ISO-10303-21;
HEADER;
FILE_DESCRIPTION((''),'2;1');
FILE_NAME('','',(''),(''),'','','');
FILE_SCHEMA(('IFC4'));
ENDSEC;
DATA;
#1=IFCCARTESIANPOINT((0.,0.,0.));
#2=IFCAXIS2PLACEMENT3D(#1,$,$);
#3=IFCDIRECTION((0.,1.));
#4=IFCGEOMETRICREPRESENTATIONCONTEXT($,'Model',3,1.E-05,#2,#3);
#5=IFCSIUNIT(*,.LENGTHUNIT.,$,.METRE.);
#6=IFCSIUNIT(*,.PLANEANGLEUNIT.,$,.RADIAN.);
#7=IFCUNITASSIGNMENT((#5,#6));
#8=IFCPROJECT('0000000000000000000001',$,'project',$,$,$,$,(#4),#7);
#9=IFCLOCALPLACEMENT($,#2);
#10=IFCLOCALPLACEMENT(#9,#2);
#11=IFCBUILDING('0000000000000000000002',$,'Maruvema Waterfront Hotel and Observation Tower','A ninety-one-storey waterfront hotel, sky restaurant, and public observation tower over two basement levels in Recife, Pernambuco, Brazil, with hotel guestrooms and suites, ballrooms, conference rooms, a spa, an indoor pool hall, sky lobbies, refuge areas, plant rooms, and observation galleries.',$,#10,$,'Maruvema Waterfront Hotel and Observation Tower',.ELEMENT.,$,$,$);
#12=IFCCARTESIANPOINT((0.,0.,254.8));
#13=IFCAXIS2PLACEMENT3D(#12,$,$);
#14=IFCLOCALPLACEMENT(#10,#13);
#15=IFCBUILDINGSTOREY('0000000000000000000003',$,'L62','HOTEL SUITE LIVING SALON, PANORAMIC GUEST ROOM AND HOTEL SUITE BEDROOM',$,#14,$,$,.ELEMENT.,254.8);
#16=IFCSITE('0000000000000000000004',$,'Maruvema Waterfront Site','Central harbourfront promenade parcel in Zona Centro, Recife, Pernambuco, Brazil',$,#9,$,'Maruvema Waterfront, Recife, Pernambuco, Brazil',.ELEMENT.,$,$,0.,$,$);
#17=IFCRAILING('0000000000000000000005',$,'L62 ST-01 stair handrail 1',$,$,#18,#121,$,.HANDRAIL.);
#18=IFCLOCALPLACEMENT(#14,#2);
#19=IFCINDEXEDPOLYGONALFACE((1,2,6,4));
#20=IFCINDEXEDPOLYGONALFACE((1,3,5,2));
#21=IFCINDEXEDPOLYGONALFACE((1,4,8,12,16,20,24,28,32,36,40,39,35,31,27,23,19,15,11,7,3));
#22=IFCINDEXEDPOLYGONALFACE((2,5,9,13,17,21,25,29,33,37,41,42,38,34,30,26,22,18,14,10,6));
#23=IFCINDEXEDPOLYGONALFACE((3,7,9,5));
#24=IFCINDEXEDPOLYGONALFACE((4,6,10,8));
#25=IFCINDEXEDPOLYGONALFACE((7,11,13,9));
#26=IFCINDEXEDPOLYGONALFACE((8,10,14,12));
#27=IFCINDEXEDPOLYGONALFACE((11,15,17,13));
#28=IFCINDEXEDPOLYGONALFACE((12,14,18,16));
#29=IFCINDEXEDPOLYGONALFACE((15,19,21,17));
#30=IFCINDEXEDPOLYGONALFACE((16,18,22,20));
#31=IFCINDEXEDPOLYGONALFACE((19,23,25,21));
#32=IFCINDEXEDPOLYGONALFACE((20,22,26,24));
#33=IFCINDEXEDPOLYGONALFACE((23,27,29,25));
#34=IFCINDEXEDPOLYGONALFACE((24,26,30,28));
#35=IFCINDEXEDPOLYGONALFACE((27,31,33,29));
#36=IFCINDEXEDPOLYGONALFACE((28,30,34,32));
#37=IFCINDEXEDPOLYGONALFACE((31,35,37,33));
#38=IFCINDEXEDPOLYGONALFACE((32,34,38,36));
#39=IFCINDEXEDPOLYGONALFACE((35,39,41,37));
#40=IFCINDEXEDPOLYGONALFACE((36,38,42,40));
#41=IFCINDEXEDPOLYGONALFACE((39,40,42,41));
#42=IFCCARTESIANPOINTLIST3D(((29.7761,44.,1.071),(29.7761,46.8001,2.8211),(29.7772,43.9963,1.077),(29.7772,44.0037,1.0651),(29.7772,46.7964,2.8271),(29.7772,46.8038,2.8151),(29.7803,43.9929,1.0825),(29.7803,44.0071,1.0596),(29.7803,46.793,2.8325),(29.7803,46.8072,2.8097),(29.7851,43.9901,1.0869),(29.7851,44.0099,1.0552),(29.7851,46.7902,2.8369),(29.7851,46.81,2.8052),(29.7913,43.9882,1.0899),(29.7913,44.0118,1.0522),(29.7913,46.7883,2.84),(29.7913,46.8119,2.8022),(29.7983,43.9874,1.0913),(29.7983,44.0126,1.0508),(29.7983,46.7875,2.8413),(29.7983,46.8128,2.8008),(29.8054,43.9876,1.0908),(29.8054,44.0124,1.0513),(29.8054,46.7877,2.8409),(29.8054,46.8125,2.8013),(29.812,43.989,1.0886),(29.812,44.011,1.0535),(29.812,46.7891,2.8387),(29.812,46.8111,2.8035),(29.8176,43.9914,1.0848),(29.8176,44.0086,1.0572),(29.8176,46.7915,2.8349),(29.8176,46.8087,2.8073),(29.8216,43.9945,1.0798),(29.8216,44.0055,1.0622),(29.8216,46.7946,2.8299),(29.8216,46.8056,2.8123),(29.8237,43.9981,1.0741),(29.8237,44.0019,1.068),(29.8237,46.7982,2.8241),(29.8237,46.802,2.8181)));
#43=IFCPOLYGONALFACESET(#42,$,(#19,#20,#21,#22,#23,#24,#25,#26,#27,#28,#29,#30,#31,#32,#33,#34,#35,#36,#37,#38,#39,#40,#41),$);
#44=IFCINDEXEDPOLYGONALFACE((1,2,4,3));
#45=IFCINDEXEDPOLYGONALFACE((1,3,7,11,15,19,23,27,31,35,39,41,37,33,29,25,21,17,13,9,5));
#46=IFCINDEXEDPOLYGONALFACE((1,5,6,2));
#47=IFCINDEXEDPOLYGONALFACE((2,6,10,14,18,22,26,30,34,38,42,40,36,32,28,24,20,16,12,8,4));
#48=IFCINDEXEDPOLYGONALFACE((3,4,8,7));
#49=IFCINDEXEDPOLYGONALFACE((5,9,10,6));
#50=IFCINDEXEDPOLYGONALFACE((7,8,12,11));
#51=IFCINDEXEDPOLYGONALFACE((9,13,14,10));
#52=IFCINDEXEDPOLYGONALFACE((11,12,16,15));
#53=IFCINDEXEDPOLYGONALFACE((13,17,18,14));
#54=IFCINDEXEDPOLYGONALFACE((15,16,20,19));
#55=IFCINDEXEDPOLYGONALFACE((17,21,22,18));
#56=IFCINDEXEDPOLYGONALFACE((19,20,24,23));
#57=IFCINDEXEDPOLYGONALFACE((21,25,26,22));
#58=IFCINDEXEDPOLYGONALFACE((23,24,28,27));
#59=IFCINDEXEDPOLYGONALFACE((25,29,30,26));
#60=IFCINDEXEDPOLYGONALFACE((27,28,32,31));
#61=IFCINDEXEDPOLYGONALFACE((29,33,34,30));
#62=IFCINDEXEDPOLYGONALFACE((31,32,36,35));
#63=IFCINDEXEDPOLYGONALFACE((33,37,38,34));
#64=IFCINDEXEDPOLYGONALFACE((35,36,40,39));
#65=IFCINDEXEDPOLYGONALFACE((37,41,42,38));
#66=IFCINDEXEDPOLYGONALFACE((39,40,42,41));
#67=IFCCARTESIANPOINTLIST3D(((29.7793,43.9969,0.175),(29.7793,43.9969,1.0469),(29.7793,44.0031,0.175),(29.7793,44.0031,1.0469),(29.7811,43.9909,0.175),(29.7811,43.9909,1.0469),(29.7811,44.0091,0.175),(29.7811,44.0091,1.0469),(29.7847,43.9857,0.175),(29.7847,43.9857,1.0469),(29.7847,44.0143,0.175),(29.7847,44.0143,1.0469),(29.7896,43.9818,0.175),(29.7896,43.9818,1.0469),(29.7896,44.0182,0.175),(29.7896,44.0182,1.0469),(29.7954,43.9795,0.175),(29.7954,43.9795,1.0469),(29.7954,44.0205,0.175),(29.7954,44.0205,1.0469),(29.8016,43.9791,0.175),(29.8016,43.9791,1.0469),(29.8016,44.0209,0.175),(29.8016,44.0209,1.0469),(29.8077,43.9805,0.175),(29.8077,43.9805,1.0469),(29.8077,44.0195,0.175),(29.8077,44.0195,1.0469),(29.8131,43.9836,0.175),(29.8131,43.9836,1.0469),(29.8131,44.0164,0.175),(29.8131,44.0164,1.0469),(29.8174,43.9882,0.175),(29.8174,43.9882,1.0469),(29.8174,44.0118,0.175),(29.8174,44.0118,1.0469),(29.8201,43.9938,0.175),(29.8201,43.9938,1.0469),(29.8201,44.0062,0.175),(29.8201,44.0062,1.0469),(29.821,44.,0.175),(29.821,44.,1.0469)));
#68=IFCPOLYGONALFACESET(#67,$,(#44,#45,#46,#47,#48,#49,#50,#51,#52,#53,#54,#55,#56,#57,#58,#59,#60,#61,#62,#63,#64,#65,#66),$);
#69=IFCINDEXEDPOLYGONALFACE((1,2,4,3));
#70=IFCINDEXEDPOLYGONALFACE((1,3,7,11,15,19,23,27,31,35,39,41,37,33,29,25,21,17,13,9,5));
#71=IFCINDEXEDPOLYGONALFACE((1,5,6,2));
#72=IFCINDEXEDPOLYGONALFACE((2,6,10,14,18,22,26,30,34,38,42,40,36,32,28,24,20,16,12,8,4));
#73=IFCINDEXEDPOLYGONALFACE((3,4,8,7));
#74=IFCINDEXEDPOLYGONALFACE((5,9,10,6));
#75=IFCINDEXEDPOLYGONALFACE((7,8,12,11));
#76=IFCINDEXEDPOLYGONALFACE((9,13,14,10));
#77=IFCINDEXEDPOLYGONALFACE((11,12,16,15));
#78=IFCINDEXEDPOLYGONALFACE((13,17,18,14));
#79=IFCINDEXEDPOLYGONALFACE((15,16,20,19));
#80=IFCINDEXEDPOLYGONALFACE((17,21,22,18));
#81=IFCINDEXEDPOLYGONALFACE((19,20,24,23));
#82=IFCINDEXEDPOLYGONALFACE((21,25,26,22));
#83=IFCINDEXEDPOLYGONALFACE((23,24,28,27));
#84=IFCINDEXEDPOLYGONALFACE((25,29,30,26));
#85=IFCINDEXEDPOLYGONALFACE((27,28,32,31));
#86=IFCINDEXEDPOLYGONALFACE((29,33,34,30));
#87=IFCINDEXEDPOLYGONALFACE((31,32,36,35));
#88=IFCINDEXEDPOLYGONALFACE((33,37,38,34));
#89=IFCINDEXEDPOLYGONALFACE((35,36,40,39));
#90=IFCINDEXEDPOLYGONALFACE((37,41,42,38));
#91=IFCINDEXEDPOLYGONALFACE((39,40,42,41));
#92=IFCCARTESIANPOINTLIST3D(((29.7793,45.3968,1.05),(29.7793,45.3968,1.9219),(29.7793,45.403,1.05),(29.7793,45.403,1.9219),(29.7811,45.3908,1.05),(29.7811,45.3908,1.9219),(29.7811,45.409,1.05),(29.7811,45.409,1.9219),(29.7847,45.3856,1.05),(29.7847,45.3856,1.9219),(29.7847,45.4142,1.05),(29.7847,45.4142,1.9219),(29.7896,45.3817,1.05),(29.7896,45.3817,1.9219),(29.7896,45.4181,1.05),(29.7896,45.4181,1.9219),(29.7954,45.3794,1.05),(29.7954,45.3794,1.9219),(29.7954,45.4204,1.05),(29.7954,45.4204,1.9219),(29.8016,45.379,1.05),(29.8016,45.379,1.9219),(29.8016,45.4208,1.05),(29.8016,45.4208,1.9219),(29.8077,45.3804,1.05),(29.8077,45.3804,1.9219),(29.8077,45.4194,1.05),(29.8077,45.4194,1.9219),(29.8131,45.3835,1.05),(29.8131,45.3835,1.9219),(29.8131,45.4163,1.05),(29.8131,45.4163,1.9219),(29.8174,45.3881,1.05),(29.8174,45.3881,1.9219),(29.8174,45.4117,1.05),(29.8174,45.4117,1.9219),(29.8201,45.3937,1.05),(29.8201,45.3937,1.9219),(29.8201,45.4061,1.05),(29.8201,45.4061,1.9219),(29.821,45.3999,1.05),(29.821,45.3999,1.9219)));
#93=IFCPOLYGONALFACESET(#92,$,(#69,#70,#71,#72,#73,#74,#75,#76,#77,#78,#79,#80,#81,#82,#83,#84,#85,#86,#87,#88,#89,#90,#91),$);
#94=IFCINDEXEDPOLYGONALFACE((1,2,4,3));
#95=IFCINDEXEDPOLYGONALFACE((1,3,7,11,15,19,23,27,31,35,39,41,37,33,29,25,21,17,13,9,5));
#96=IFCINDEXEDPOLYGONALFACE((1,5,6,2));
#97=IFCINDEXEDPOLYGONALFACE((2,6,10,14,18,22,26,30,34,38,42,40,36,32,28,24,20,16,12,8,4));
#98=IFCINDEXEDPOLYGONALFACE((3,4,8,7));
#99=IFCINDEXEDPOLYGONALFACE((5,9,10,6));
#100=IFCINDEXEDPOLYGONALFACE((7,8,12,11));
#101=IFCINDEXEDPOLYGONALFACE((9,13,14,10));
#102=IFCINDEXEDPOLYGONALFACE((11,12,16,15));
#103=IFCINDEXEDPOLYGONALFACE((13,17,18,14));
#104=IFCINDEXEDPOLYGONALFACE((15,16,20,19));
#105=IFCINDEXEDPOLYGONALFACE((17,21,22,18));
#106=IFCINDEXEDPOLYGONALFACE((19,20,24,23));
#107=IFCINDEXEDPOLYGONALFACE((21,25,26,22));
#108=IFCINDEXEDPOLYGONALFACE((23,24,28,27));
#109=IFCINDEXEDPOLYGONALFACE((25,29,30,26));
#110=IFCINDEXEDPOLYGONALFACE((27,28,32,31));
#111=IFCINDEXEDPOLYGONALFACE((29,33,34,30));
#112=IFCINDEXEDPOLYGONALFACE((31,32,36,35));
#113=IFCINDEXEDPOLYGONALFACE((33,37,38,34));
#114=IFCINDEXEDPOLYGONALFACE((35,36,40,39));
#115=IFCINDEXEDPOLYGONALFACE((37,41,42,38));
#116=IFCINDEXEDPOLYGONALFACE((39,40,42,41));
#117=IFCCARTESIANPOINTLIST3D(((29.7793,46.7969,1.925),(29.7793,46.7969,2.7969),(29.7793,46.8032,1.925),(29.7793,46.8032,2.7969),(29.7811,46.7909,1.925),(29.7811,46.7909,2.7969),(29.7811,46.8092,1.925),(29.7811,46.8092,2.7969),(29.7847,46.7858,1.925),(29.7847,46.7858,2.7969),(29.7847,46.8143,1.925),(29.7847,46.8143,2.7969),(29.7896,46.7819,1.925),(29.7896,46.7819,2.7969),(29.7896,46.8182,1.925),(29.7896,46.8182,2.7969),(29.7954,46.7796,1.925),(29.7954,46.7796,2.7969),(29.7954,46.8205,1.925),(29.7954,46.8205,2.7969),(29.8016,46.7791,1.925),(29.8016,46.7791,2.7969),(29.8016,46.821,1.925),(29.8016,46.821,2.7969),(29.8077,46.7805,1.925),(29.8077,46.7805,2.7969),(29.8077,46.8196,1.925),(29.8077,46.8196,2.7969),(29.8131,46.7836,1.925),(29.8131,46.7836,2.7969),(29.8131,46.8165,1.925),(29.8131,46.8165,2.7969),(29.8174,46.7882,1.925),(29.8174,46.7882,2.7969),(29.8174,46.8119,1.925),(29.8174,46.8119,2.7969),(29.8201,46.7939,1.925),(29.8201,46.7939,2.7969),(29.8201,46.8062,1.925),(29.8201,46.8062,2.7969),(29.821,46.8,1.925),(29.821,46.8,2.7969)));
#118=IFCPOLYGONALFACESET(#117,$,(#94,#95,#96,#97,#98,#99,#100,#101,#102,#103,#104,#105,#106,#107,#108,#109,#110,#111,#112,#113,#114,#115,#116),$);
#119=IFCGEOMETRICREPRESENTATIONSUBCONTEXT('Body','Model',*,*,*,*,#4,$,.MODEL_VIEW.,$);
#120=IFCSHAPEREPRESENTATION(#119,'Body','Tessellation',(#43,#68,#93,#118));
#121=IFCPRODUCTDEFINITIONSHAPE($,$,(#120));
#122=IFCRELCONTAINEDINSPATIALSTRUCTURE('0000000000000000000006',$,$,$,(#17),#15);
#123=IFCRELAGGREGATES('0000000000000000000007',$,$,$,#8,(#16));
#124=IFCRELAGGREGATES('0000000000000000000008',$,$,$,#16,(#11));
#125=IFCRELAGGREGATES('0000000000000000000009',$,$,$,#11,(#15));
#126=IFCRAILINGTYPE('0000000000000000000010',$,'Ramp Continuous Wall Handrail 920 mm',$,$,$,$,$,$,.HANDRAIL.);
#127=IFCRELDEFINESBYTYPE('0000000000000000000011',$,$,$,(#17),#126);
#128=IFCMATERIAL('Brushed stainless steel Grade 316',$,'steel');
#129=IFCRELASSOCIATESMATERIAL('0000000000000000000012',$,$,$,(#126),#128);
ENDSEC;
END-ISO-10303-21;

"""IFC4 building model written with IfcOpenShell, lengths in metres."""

from ifc_helpers import new_model, si_unit, direction, frame, origin, origin_2d, place, context, subcontext, project, spatial, circle, extrude, material, type_object, element, save


model = new_model("IFC4")

# Units and contexts
model_context = context("Model", 3, precision=1e-05, world=origin(), true_north=direction((0.0, 1.0)))
body_context = subcontext(model_context, "Body", "Model", "MODEL_VIEW")
ifc_project = project(units=[si_unit("LENGTHUNIT", "METRE"), si_unit("PLANEANGLEUNIT", "RADIAN")], contexts=[model_context])

# Site, building, storey
site_placement = place(None, origin())
site = spatial("IfcSite", under=ifc_project, at=site_placement, Name="Maruvema Waterfront Site", Description="Central harbourfront promenade parcel in Zona Centro, Recife, Pernambuco, Brazil", LongName="Maruvema Waterfront, Recife, Pernambuco, Brazil", CompositionType="ELEMENT", RefElevation=0.0)
building_placement = place(site_placement, origin())
building = spatial("IfcBuilding", under=site, at=building_placement, Name="Maruvema Waterfront Hotel and Observation Tower", Description="A ninety-one-storey waterfront hotel, sky restaurant, and public observation tower over two basement levels in Recife, Pernambuco, Brazil, with hotel guestrooms and suites, ballrooms, conference rooms, a spa, an indoor pool hall, sky lobbies, refuge areas, plant rooms, and observation galleries.", LongName="Maruvema Waterfront Hotel and Observation Tower", CompositionType="ELEMENT")
storey_placement = place(building_placement, frame((0.0, 0.0, 254.8)))
storey = spatial("IfcBuildingStorey", under=building, at=storey_placement, Name="L62", Description="HOTEL SUITE LIVING SALON, PANORAMIC GUEST ROOM AND HOTEL SUITE BEDROOM", CompositionType="ELEMENT", Elevation=254.8)

# Railing
ifc_material_1 = material(Name="Brushed stainless steel Grade 316", Category="steel")
railing_type_1 = type_object("IfcRailingType", Name="Ramp Continuous Wall Handrail 920 mm", PredefinedType="HANDRAIL", material=ifc_material_1)
railing_1_placement = place(storey_placement, frame((29.8, 44.0, 0.175)))
element("IfcRailing", 1, at=railing_1_placement, inside=storey, type_object=railing_type_1, Name="L62 ST-01 stair handrail 1", PredefinedType="HANDRAIL", context=body_context, shape_type="SweptSolid", body=[
    extrude(circle(Radius=0.0239, at=origin_2d()), frame((0.0, 0.0, 0.896), z_axis=(0.0, 0.848002, 0.529992), x_axis=(-1.0, 0.0, 0.0)), (0.0, 0.0, 1.0), 3.302),
    extrude(circle(Radius=0.021, at=origin_2d()), origin(), (0.0, 0.0, 1.0), 0.8718),
    extrude(circle(Radius=0.021, at=origin_2d()), frame((0.0, 1.3999, 0.875)), (0.0, 0.0, 1.0), 0.8718),
    extrude(circle(Radius=0.021, at=origin_2d()), frame((0.0, 2.8, 1.75)), (0.0, 0.0, 1.0), 0.8718),
])

save(model, "model.ifc")
